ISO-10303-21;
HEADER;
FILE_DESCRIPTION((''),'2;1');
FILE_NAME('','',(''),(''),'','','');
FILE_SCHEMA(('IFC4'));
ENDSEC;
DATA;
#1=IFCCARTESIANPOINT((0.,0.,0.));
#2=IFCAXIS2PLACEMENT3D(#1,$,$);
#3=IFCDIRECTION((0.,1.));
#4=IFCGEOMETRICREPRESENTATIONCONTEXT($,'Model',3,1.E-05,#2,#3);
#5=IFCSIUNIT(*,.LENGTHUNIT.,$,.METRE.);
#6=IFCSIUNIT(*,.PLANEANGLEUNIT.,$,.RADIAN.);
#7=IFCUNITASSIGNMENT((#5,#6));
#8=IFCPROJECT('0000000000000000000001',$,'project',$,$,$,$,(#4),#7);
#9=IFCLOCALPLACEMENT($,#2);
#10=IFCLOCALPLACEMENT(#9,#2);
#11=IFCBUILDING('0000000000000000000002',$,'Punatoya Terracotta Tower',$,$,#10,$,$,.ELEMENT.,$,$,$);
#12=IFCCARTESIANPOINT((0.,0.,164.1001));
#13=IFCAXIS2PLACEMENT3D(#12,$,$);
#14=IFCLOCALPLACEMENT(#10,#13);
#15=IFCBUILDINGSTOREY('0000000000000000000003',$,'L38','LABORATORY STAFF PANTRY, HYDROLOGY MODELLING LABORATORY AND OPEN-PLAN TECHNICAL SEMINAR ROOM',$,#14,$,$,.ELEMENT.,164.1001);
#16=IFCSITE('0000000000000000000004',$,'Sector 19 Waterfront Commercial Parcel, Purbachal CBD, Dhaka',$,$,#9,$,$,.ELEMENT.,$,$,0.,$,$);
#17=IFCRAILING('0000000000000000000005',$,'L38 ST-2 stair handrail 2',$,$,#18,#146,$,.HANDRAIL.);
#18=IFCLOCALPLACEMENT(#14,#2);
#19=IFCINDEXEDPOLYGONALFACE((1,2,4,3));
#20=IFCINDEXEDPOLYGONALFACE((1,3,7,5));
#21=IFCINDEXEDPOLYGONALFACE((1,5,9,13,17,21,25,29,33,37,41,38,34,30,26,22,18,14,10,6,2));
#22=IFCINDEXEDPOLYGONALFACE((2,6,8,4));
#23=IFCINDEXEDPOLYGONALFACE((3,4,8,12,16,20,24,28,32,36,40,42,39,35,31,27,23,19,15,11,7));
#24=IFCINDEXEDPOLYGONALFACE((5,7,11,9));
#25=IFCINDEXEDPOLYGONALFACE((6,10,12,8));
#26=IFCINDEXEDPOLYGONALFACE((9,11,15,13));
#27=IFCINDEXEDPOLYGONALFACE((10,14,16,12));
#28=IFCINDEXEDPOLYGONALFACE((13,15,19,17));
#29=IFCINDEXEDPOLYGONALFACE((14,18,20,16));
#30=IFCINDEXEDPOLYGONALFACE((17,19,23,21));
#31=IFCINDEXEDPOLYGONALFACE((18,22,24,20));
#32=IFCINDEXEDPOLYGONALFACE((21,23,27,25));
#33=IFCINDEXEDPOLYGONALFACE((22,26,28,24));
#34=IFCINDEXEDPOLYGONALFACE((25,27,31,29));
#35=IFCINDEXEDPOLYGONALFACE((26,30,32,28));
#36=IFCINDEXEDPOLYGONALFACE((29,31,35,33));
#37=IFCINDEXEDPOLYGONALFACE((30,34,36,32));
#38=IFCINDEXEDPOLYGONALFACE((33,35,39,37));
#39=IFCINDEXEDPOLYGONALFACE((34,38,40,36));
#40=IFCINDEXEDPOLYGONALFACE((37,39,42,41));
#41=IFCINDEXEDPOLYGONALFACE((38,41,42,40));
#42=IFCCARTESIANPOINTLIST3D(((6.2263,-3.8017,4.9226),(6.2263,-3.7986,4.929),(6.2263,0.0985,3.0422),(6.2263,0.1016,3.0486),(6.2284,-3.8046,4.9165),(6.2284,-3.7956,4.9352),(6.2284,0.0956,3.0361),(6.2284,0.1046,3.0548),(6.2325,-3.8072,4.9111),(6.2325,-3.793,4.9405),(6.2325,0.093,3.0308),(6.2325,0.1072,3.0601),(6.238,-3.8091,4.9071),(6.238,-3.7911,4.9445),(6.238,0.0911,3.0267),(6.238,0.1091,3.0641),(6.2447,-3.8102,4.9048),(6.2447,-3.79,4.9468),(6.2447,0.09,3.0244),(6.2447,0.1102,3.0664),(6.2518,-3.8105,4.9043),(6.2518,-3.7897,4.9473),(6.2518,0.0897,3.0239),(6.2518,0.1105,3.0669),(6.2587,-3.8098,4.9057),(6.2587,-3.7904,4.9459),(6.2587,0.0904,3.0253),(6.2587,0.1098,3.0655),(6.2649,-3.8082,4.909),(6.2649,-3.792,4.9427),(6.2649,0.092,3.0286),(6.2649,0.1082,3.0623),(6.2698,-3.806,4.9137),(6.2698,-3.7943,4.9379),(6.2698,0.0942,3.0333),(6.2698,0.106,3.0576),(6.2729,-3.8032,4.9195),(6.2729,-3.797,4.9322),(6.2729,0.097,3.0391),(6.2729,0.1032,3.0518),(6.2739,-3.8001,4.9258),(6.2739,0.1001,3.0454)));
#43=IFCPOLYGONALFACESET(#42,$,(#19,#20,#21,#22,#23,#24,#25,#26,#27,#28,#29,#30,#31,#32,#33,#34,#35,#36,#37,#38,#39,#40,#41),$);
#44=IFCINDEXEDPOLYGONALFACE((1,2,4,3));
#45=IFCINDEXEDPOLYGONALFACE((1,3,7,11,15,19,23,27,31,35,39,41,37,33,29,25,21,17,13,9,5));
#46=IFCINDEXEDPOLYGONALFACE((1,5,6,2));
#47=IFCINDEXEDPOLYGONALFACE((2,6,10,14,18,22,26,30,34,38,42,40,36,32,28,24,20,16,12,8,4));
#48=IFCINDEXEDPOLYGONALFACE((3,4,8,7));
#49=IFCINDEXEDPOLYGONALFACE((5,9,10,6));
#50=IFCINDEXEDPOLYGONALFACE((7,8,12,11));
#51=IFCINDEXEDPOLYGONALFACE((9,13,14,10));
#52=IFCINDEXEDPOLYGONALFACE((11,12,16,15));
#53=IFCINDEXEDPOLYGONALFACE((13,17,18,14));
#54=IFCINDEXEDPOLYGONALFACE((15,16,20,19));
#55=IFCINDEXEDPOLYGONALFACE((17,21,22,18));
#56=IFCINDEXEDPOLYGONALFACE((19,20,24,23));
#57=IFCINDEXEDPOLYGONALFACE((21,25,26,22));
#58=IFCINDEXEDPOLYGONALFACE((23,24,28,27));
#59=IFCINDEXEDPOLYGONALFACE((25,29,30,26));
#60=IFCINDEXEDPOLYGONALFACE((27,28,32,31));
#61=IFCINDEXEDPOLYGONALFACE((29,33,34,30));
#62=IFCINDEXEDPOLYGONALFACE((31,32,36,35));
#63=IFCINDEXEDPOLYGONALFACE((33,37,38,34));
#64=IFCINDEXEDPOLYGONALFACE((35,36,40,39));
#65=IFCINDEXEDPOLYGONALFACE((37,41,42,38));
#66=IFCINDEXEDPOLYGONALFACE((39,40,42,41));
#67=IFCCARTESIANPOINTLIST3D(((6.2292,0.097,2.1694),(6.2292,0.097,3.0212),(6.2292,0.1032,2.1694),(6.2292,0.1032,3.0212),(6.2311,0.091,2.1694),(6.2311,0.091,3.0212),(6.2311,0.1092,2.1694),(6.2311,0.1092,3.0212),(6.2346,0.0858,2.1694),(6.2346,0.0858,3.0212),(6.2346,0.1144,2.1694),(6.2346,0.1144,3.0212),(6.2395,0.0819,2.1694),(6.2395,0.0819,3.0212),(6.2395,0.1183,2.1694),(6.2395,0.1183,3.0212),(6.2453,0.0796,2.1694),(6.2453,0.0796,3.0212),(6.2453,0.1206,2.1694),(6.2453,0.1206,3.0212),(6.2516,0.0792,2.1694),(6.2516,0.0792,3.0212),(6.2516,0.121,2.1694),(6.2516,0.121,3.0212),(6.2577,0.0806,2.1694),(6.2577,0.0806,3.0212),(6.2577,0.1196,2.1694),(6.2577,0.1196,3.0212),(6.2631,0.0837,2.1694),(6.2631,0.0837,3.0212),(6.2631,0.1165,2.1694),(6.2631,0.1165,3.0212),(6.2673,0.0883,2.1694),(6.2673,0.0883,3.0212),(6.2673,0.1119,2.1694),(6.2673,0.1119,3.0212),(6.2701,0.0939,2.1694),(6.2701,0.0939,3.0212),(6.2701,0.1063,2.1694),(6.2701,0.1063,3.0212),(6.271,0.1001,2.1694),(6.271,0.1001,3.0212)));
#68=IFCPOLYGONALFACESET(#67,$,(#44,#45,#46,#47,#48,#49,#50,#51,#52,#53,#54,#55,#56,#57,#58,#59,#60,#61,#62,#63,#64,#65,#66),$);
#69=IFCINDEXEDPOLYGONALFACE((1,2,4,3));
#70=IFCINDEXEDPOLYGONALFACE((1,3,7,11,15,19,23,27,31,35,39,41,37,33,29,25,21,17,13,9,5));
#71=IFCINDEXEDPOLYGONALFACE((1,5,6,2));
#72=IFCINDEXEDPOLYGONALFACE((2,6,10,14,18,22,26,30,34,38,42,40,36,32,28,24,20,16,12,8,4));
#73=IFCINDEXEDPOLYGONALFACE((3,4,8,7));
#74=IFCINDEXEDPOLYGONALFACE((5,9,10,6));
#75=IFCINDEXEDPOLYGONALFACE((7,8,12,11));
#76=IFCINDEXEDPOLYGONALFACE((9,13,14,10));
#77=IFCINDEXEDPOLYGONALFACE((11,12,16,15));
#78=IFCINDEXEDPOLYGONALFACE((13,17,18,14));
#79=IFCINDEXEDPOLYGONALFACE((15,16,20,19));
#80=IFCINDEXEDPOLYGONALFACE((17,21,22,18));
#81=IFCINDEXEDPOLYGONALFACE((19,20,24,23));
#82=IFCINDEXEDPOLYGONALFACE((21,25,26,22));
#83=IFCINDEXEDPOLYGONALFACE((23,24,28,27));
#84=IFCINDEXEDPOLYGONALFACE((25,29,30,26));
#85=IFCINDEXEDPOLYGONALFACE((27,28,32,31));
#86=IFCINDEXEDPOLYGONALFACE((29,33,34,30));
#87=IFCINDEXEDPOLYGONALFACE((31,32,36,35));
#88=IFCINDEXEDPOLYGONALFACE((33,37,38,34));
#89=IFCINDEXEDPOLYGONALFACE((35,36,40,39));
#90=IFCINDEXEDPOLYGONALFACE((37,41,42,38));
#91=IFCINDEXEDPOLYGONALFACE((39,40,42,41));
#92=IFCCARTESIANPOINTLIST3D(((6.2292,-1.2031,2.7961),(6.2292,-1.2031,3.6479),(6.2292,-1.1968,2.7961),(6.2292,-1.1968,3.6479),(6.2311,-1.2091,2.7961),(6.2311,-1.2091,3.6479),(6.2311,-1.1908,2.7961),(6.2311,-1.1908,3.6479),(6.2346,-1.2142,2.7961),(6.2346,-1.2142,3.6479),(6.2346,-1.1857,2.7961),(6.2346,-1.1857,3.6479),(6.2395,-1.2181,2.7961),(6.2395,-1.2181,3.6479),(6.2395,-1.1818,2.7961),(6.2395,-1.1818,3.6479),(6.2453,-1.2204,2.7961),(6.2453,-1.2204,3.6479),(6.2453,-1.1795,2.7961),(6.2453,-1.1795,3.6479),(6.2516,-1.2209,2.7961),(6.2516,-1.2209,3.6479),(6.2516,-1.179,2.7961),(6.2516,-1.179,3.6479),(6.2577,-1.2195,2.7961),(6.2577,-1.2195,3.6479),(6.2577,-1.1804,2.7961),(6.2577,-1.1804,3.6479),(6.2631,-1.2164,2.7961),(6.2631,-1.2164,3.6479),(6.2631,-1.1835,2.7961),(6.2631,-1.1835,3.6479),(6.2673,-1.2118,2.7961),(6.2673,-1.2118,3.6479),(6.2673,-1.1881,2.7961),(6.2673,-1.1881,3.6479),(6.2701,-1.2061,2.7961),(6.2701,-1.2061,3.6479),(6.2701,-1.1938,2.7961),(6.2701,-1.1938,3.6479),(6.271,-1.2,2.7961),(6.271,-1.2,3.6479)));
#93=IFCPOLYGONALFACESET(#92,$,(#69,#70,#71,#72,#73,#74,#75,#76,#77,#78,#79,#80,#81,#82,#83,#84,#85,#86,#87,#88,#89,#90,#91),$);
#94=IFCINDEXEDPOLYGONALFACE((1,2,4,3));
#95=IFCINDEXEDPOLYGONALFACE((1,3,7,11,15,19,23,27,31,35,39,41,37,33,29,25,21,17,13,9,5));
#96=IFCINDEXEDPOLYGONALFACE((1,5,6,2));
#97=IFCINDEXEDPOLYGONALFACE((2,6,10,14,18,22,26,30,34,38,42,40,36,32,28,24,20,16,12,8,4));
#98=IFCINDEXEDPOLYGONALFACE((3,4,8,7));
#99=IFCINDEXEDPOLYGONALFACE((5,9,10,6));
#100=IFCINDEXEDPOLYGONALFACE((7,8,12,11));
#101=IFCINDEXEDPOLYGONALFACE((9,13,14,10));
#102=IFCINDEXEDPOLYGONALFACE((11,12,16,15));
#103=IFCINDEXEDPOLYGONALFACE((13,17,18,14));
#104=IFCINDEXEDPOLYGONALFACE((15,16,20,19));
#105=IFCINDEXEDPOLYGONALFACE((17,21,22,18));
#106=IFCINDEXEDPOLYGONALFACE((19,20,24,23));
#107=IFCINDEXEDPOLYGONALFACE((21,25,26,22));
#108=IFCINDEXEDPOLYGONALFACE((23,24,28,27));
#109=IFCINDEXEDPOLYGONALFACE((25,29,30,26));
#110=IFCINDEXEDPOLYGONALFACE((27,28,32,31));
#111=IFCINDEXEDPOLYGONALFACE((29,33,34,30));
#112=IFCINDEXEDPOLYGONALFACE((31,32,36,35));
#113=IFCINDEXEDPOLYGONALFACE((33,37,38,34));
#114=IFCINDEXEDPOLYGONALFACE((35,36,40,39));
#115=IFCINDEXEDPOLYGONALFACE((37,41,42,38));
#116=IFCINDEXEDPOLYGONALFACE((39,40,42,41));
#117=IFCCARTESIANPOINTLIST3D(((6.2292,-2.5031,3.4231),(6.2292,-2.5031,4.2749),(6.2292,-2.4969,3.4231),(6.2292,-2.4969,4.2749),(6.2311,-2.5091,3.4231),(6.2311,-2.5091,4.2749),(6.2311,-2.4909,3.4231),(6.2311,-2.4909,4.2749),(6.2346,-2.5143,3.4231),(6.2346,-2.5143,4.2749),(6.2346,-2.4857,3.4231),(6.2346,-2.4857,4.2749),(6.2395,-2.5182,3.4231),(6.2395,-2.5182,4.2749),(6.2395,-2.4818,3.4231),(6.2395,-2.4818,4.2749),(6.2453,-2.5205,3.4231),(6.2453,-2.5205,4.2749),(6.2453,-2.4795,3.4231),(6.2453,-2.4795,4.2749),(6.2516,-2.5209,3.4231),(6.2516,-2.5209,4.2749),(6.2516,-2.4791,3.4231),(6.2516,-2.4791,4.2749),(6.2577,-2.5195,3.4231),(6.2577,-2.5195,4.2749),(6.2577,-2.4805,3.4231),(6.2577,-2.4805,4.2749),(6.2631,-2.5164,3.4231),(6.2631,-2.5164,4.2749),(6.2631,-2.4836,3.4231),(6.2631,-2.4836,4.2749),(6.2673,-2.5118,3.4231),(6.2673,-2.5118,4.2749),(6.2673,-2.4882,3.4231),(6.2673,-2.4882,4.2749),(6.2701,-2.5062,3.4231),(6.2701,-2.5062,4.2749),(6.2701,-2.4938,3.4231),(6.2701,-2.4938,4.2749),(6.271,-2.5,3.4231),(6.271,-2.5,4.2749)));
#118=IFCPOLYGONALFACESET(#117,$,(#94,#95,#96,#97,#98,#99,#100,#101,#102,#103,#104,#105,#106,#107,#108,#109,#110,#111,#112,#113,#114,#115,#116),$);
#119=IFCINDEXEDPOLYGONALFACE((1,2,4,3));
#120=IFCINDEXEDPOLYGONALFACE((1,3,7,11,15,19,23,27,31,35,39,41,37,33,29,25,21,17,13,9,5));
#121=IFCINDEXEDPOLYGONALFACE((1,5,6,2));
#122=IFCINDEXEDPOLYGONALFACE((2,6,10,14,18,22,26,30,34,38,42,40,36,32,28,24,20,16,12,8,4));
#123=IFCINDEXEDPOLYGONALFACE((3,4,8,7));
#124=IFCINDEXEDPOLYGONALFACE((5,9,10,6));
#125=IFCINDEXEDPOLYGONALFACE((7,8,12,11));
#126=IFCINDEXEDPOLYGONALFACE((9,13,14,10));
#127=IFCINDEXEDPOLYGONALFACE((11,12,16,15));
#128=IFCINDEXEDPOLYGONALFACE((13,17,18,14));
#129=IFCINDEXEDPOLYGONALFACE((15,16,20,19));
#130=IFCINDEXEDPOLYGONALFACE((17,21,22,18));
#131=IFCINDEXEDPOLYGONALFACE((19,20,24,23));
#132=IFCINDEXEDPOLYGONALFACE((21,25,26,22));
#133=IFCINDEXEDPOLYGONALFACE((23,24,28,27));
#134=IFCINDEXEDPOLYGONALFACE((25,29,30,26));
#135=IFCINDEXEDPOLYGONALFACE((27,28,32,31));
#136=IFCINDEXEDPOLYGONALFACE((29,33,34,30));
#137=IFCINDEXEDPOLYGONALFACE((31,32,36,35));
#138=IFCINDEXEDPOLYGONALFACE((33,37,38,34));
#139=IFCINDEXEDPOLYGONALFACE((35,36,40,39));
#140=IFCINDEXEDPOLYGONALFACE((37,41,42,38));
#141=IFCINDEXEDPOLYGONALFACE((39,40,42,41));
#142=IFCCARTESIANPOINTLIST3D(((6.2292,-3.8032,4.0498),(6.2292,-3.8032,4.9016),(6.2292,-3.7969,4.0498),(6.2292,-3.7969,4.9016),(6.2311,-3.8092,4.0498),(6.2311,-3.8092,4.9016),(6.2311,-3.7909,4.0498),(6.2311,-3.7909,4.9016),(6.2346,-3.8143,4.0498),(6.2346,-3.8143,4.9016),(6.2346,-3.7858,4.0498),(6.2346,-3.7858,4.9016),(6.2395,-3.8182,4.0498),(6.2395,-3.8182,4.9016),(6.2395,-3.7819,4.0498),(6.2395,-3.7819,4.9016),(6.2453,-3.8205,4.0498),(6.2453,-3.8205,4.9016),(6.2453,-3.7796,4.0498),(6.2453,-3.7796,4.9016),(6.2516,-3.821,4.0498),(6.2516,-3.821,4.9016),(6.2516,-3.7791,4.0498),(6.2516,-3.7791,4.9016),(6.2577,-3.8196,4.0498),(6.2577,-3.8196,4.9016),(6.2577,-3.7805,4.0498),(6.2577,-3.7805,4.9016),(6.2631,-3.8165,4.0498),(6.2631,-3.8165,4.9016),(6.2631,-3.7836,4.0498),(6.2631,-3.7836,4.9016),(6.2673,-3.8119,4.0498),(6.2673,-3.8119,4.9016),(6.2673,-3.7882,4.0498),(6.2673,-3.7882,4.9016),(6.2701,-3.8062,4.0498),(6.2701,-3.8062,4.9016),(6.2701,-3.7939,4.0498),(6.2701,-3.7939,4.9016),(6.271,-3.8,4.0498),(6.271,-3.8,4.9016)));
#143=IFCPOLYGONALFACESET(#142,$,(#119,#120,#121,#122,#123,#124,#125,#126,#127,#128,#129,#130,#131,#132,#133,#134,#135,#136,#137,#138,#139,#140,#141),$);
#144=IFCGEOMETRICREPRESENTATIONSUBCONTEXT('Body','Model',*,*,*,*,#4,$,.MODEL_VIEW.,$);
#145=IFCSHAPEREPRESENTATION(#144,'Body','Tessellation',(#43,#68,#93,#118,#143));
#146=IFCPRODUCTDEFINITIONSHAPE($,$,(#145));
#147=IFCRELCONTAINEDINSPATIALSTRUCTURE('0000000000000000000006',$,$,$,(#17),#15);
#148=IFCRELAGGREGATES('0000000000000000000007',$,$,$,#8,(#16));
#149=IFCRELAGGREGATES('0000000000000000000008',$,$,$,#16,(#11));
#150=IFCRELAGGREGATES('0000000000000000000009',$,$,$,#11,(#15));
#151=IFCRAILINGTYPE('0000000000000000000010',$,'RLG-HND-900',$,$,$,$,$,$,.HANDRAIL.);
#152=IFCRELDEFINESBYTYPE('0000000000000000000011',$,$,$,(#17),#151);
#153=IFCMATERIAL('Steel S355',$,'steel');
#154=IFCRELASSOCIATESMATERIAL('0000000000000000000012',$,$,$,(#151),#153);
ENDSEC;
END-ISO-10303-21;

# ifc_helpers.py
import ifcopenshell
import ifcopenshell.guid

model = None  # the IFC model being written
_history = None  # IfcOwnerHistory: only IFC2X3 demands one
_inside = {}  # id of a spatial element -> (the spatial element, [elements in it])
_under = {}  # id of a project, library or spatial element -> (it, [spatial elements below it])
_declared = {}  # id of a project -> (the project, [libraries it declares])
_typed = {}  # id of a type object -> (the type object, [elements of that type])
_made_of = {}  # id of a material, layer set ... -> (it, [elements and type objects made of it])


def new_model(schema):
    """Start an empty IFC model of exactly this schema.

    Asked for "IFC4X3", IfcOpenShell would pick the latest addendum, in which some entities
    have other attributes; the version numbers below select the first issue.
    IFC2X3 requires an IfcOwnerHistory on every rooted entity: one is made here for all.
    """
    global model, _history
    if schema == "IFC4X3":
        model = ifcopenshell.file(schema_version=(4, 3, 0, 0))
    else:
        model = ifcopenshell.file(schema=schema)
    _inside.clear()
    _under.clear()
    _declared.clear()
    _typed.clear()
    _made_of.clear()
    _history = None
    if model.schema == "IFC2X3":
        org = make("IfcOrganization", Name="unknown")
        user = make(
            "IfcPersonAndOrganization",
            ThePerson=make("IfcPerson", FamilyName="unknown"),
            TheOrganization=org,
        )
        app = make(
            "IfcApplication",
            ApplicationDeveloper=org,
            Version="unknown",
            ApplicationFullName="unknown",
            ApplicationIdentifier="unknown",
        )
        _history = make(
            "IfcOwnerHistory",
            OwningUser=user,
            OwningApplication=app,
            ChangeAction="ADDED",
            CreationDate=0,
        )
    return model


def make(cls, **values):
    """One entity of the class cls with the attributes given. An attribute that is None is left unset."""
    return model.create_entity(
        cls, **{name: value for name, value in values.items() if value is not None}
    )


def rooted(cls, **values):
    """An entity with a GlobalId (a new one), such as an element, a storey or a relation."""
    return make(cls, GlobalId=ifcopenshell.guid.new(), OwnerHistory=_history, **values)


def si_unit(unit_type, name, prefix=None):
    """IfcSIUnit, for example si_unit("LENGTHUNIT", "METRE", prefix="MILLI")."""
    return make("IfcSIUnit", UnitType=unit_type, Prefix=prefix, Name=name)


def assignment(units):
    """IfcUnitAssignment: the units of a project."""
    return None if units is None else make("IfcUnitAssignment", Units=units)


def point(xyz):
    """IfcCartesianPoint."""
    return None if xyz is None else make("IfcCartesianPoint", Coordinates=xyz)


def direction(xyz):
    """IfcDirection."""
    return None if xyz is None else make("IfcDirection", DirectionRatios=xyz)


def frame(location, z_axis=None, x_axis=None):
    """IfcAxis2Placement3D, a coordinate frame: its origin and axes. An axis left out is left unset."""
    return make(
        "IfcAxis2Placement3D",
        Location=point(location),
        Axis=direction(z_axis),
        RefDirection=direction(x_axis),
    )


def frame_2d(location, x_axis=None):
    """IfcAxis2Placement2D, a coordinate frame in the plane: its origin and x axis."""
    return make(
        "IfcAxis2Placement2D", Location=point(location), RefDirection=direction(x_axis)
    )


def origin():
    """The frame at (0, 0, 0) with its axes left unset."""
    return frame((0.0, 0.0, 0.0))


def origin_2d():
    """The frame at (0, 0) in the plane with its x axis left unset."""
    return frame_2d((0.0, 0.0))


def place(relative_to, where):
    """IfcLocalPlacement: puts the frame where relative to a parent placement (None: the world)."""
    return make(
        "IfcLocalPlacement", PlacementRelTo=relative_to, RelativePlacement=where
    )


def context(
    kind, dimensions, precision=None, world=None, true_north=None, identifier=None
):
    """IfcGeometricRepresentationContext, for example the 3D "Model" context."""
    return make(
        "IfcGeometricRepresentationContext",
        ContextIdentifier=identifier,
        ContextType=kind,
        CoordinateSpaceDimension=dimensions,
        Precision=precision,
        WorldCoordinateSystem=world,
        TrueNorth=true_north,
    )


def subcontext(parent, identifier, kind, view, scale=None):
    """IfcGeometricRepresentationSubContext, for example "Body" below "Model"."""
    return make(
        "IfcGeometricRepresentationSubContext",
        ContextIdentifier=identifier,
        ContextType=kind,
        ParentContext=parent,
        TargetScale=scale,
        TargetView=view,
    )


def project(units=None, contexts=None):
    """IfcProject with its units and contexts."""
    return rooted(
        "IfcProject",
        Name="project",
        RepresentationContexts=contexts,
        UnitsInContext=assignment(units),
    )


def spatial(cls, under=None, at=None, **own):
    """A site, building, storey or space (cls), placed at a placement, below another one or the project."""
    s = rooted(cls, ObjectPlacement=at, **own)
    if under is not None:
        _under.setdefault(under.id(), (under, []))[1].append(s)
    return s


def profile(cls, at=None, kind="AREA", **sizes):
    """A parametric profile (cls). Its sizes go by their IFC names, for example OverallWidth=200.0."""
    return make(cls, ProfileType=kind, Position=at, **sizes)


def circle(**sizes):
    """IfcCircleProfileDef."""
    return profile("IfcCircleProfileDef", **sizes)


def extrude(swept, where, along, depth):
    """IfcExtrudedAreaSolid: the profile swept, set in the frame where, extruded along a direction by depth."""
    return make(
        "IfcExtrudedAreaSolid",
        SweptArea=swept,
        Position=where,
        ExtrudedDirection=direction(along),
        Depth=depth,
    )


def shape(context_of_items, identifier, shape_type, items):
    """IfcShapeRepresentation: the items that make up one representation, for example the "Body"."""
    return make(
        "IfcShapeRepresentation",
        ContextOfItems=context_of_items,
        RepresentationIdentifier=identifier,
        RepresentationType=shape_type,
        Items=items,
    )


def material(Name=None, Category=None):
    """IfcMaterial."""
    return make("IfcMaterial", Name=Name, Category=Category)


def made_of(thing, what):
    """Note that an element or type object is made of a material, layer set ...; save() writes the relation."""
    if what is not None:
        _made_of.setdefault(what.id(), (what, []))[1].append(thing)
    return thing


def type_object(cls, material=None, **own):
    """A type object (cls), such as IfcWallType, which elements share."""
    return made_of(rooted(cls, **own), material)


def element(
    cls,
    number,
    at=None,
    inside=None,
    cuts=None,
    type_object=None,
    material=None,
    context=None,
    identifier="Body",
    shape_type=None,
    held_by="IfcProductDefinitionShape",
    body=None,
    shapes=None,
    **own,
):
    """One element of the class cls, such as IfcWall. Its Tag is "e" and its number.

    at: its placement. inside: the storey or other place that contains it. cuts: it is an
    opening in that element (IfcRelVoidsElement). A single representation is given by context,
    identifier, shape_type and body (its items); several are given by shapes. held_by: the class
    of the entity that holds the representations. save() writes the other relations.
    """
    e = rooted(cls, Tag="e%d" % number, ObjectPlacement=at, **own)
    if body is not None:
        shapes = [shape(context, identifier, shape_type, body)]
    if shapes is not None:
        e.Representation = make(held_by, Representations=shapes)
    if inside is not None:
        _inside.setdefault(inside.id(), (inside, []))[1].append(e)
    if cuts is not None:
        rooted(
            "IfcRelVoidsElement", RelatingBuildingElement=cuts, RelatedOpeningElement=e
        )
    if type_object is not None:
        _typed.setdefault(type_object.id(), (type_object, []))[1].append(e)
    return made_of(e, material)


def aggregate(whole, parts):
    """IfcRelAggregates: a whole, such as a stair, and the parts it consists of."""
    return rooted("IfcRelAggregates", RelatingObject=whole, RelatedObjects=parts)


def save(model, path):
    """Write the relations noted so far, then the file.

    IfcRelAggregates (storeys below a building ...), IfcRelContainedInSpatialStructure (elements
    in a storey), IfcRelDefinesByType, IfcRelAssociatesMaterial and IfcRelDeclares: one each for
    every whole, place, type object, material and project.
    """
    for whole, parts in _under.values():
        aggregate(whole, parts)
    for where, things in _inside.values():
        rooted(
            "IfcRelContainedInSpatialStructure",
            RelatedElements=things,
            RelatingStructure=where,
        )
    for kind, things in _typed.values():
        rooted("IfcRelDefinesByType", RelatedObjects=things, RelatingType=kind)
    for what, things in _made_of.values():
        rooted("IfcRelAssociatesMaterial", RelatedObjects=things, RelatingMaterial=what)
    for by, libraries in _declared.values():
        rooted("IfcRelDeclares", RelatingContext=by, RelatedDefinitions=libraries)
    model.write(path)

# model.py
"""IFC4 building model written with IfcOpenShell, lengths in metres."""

from ifc_helpers import new_model, si_unit, direction, frame, origin, origin_2d, place, context, subcontext, project, spatial, circle, extrude, material, type_object, element, save


model = new_model("IFC4")

# Units and contexts
model_context = context("Model", 3, precision=1e-05, world=origin(), true_north=direction((0.0, 1.0)))
body_context = subcontext(model_context, "Body", "Model", "MODEL_VIEW")
ifc_project = project(units=[si_unit("LENGTHUNIT", "METRE"), si_unit("PLANEANGLEUNIT", "RADIAN")], contexts=[model_context])

# Site, building, storey
site_placement = place(None, origin())
site = spatial("IfcSite", under=ifc_project, at=site_placement, Name="Sector 19 Waterfront Commercial Parcel, Purbachal CBD, Dhaka", CompositionType="ELEMENT", RefElevation=0.0)
building_placement = place(site_placement, origin())
building = spatial("IfcBuilding", under=site, at=building_placement, Name="Punatoya Terracotta Tower", CompositionType="ELEMENT")
storey_placement = place(building_placement, frame((0.0, 0.0, 164.1001)))
storey = spatial("IfcBuildingStorey", under=building, at=storey_placement, Name="L38", Description="LABORATORY STAFF PANTRY, HYDROLOGY MODELLING LABORATORY AND OPEN-PLAN TECHNICAL SEMINAR ROOM", CompositionType="ELEMENT", Elevation=164.1001)

# Shared definitions
ifc_material_1 = material(Name="Steel S355", Category="steel")

# Railing
railing_type_1 = type_object("IfcRailingType", Name="RLG-HND-900", PredefinedType="HANDRAIL", material=ifc_material_1)
railing_1_placement = place(storey_placement, frame((6.25, 0.1001, 2.1694)))
element("IfcRailing", 1, at=railing_1_placement, inside=storey, type_object=railing_type_1, Name="L38 ST-2 stair handrail 2", PredefinedType="HANDRAIL", context=body_context, shape_type="SweptSolid", body=[
    extrude(circle(Radius=0.0239, at=origin_2d()), frame((0.0, 0.0, 0.876), z_axis=(0.0, -0.900774, 0.434289), x_axis=(1.0, 0.0, 0.0)), (0.0, 0.0, 1.0), 4.3298),
    extrude(circle(Radius=0.021, at=origin_2d()), origin(), (0.0, 0.0, 1.0), 0.8518),
    extrude(circle(Radius=0.021, at=origin_2d()), frame((0.0, -1.3, 0.6267)), (0.0, 0.0, 1.0), 0.8518),
    extrude(circle(Radius=0.021, at=origin_2d()), frame((0.0, -2.6001, 1.2537)), (0.0, 0.0, 1.0), 0.8518),
    extrude(circle(Radius=0.021, at=origin_2d()), frame((0.0, -3.9001, 1.8804)), (0.0, 0.0, 1.0), 0.8518),
])

save(model, "model.ifc")
